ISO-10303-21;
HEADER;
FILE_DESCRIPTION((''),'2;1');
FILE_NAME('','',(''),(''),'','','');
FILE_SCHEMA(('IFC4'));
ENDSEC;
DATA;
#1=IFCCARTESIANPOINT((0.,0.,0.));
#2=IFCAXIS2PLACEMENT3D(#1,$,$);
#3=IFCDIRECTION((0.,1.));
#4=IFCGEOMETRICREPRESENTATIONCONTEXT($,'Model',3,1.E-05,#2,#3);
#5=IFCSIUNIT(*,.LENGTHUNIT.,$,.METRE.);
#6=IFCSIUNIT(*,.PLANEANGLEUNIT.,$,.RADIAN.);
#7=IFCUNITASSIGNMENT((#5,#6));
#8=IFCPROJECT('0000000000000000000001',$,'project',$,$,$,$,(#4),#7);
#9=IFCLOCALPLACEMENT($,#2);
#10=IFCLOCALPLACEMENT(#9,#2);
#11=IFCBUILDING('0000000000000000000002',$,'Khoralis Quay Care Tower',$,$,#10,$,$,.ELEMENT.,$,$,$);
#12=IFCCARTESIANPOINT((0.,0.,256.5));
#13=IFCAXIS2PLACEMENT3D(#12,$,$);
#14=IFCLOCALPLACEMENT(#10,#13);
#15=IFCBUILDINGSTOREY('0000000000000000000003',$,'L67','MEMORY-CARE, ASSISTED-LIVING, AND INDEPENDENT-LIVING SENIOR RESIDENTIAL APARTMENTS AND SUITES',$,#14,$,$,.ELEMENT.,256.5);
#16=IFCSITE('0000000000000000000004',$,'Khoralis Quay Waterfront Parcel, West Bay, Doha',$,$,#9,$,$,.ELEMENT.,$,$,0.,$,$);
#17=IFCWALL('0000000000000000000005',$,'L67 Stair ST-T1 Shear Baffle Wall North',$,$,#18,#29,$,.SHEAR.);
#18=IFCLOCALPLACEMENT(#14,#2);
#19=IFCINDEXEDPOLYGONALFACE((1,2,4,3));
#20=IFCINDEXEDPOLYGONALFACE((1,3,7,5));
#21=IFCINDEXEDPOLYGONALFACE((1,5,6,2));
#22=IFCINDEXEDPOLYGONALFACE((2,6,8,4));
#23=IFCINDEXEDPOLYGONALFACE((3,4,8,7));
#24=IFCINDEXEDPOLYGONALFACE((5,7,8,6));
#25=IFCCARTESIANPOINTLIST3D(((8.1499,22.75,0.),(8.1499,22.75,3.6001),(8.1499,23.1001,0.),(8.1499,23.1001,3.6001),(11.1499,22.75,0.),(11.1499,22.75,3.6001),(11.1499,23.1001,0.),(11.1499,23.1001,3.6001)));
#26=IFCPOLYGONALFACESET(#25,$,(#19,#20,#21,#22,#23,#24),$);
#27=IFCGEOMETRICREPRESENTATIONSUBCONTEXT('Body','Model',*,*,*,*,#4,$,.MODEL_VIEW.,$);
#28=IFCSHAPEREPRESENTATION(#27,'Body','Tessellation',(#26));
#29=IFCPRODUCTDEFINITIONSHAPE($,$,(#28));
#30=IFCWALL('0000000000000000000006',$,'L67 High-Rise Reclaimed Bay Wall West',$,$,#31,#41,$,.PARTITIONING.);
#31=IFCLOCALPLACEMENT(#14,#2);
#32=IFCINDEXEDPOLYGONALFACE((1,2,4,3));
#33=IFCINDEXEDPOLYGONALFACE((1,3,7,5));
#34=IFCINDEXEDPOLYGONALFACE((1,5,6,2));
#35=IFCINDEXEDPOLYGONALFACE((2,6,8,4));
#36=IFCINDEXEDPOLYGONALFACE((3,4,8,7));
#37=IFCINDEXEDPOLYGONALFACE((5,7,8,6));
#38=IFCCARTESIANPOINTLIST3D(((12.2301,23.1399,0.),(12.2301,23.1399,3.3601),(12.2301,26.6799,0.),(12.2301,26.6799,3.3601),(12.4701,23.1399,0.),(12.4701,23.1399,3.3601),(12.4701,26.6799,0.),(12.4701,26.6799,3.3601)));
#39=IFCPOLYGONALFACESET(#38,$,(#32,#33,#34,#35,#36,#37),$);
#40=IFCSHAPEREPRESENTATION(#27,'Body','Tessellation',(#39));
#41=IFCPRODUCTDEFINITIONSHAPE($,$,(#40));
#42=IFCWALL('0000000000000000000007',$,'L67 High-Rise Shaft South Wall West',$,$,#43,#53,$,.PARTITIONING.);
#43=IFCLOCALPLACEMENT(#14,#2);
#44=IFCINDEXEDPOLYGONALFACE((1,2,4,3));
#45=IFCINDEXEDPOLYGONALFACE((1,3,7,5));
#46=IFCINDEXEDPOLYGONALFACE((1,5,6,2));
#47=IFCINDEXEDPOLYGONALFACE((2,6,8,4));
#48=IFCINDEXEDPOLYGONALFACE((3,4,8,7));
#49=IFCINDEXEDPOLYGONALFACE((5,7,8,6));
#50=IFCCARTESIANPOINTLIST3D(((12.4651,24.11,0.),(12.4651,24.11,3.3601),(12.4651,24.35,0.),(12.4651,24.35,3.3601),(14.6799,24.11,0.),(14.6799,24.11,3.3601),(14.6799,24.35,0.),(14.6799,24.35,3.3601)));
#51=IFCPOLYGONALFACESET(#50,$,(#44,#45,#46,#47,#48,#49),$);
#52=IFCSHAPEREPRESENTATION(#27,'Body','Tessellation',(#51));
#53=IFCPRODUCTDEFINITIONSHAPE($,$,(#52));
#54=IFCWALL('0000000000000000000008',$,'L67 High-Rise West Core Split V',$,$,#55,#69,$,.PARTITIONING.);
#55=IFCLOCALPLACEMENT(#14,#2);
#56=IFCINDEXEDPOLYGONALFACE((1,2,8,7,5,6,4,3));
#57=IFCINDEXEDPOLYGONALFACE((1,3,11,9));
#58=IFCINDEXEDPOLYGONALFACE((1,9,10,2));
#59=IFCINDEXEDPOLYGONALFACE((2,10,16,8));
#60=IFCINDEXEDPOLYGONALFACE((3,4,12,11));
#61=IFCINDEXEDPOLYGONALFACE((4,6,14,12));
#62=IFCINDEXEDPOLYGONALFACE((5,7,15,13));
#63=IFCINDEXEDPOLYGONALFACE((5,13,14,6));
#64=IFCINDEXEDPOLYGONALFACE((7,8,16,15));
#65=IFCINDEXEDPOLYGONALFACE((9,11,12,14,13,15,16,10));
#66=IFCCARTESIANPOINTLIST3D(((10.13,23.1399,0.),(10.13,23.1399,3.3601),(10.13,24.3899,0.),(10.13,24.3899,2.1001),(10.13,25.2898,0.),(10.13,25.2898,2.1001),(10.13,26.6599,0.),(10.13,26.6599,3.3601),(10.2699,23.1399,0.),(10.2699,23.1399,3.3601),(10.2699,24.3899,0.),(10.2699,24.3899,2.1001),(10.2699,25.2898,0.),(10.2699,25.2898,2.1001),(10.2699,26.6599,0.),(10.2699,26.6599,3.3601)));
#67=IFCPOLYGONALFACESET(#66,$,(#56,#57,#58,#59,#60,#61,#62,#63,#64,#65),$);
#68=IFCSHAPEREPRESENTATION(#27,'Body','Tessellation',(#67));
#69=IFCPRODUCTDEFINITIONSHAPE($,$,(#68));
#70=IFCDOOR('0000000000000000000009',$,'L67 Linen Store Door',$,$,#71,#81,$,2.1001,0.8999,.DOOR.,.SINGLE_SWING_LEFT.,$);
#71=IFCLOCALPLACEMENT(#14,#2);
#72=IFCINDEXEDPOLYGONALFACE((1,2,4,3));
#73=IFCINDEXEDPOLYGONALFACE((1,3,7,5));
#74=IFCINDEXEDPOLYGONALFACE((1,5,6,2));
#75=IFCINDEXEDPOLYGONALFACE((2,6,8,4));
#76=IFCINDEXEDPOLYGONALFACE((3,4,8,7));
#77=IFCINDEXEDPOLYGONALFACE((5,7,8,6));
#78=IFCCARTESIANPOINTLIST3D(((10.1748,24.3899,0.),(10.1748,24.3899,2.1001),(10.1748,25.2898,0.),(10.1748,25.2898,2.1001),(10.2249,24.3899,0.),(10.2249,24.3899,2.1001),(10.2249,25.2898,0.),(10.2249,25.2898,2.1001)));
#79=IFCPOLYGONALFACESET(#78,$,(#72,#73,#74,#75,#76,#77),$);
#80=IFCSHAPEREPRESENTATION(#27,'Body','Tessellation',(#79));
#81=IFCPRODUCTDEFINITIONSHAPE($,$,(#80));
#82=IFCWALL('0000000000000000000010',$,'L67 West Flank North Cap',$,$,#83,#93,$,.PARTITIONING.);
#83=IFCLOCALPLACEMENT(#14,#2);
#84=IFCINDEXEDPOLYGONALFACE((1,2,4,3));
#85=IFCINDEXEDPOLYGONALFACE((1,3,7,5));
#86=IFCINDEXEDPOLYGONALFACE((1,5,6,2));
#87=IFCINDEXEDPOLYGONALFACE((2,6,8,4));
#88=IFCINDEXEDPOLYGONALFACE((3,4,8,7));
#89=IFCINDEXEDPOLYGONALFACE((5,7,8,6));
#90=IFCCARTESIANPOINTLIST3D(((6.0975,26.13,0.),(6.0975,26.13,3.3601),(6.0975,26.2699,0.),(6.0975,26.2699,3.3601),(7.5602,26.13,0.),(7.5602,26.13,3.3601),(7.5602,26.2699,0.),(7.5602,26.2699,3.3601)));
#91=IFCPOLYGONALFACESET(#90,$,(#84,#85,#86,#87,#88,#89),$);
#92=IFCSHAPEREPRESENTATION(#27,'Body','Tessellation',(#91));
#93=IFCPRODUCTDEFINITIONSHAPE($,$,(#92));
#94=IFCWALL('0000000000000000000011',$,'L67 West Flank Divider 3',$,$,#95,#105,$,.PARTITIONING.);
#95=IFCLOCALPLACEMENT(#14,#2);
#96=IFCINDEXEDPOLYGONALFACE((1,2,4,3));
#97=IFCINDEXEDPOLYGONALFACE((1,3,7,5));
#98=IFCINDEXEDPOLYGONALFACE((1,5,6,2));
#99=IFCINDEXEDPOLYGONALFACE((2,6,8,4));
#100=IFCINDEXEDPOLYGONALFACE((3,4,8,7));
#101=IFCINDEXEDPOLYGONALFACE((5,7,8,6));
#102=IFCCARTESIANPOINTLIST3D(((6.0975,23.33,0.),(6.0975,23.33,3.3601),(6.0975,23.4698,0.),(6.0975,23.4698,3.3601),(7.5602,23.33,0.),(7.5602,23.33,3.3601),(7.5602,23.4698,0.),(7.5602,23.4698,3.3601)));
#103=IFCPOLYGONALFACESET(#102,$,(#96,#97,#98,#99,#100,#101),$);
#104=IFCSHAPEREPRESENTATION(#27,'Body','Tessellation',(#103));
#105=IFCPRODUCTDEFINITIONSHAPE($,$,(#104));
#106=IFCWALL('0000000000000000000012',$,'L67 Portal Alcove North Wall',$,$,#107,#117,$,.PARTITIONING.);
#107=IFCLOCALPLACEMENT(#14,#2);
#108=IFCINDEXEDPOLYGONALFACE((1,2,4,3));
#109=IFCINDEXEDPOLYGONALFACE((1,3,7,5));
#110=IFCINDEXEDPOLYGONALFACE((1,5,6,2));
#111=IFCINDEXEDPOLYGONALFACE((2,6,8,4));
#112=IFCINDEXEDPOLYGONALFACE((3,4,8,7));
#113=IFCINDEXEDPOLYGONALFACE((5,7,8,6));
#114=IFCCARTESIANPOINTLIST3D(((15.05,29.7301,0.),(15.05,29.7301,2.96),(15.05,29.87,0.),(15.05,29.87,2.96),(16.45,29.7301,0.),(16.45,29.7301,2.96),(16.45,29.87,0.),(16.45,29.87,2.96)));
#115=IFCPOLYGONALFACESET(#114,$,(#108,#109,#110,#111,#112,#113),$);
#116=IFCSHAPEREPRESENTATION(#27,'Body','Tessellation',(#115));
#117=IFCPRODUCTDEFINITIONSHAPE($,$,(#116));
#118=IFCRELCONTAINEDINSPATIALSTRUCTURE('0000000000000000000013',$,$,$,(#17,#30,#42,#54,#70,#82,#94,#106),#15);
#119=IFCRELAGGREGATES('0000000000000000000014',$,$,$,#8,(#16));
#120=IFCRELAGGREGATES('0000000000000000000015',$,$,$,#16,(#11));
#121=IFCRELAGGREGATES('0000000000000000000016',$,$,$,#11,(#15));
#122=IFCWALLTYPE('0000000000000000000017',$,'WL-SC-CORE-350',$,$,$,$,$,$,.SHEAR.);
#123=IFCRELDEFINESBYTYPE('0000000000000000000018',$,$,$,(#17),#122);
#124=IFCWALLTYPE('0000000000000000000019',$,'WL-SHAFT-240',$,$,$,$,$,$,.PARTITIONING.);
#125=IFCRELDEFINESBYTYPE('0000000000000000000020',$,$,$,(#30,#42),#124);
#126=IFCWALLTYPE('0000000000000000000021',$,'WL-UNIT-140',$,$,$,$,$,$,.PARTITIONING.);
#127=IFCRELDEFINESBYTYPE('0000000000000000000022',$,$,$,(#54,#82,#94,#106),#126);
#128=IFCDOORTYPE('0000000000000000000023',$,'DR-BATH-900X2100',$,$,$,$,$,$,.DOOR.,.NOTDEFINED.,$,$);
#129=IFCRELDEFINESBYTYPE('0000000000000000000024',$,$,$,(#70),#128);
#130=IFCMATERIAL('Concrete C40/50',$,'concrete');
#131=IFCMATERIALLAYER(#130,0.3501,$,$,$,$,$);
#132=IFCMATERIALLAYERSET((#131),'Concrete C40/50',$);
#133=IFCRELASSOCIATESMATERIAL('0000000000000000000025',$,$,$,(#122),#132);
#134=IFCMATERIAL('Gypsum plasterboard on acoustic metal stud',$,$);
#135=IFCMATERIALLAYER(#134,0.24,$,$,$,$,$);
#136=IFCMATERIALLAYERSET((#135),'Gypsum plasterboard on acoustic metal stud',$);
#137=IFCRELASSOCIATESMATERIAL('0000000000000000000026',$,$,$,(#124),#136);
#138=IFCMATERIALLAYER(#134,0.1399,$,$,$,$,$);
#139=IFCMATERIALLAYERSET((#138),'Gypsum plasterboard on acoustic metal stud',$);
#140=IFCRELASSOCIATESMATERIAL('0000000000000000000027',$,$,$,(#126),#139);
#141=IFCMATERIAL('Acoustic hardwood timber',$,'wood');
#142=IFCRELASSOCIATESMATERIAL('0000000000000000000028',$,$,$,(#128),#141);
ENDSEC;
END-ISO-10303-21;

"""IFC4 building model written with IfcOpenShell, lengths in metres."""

from ifc_helpers import new_model, si_unit, direction, frame, frame_2d, origin, place, context, subcontext, project, spatial, rectangle, extrude, source, transform, mapped, material, layer, layer_set, type_object, element, fill, save


model = new_model("IFC4")

# Units and contexts
model_context = context("Model", 3, precision=1e-05, world=origin(), true_north=direction((0.0, 1.0)))
body_context = subcontext(model_context, "Body", "Model", "MODEL_VIEW")
ifc_project = project(units=[si_unit("LENGTHUNIT", "METRE"), si_unit("PLANEANGLEUNIT", "RADIAN")], contexts=[model_context])

# Site, building, storey
site_placement = place(None, origin())
site = spatial("IfcSite", under=ifc_project, at=site_placement, Name="Khoralis Quay Waterfront Parcel, West Bay, Doha", CompositionType="ELEMENT", RefElevation=0.0)
building_placement = place(site_placement, origin())
building = spatial("IfcBuilding", under=site, at=building_placement, Name="Khoralis Quay Care Tower", CompositionType="ELEMENT")
storey_placement = place(building_placement, frame((0.0, 0.0, 256.5)))
storey = spatial("IfcBuildingStorey", under=building, at=storey_placement, Name="L67", Description="MEMORY-CARE, ASSISTED-LIVING, AND INDEPENDENT-LIVING SENIOR RESIDENTIAL APARTMENTS AND SUITES", CompositionType="ELEMENT", Elevation=256.5)

# Shared definitions
ifc_material_1 = material(Name="Acoustic hardwood timber", Category="wood")

# Walls
ifc_material_2 = material(Name="Gypsum plasterboard on acoustic metal stud")
ifc_material_3 = material(Name="Concrete C40/50", Category="concrete")
ifc_layer_1 = layer(ifc_material_3, 0.3501)
ifc_layer_set_1 = layer_set([ifc_layer_1], Name="Concrete C40/50")
wall_type_1 = type_object("IfcWallType", Name="WL-SC-CORE-350", PredefinedType="SHEAR", material=ifc_layer_set_1)
wall_1_placement = place(storey_placement, frame((8.1499, 22.925, 0.0), z_axis=(0.0, 0.0, 1.0), x_axis=(1.0, 0.0, 0.0)))
element("IfcWall", 1, at=wall_1_placement, inside=storey, type_object=wall_type_1, Name="L67 Stair ST-T1 Shear Baffle Wall North", PredefinedType="SHEAR", context=body_context, shape_type="SweptSolid", body=[
    extrude(rectangle(XDim=3.0, YDim=0.3501, at=frame_2d((1.5, 0.0))), origin(), (0.0, 0.0, 1.0), 3.6001),
])
ifc_layer_2 = layer(ifc_material_2, 0.24)
ifc_layer_set_2 = layer_set([ifc_layer_2], Name="Gypsum plasterboard on acoustic metal stud")
wall_type_2 = type_object("IfcWallType", Name="WL-SHAFT-240", PredefinedType="PARTITIONING", material=ifc_layer_set_2)
wall_2_placement = place(storey_placement, frame((12.3501, 23.1399, 0.0), z_axis=(0.0, 0.0, 1.0), x_axis=(0.0, 1.0, 0.0)))
element("IfcWall", 2, at=wall_2_placement, inside=storey, type_object=wall_type_2, Name="L67 High-Rise Reclaimed Bay Wall West", PredefinedType="PARTITIONING", context=body_context, shape_type="SweptSolid", body=[
    extrude(rectangle(XDim=3.54, YDim=0.24, at=frame_2d((1.77, 0.0))), origin(), (0.0, 0.0, 1.0), 3.3601),
])
wall_3_placement = place(storey_placement, frame((12.4651, 24.23, 0.0), z_axis=(0.0, 0.0, 1.0), x_axis=(1.0, 0.0, 0.0)))
element("IfcWall", 3, at=wall_3_placement, inside=storey, type_object=wall_type_2, Name="L67 High-Rise Shaft South Wall West", PredefinedType="PARTITIONING", context=body_context, shape_type="SweptSolid", body=[
    extrude(rectangle(XDim=2.2148, YDim=0.24, at=frame_2d((1.1074, 0.0))), origin(), (0.0, 0.0, 1.0), 3.3601),
])

# Wall, opening, door
ifc_layer_3 = layer(ifc_material_2, 0.1399)
ifc_layer_set_3 = layer_set([ifc_layer_3], Name="Gypsum plasterboard on acoustic metal stud")
wall_type_3 = type_object("IfcWallType", Name="WL-UNIT-140", PredefinedType="PARTITIONING", material=ifc_layer_set_3)
wall_4_placement = place(storey_placement, frame((10.2, 23.1399, 0.0), z_axis=(0.0, 0.0, 1.0), x_axis=(0.0, 1.0, 0.0)))
wall_4 = element("IfcWall", 4, at=wall_4_placement, inside=storey, type_object=wall_type_3, Name="L67 High-Rise West Core Split V", PredefinedType="PARTITIONING", context=body_context, shape_type="SweptSolid", body=[
    extrude(rectangle(XDim=3.52, YDim=0.1399, at=frame_2d((1.76, 0.0))), origin(), (0.0, 0.0, 1.0), 3.3601),
])
opening_1_placement = place(wall_4_placement, frame((1.25, 0.0, 0.0)))
opening_1 = element("IfcOpeningElement", 5, at=opening_1_placement, cuts=wall_4, PredefinedType="OPENING", context=body_context, shape_type="SweptSolid", body=[
    extrude(rectangle(XDim=0.8999, YDim=2.1001, at=frame_2d((0.45, 1.05))), frame((0.0, 0.0801, 0.0), z_axis=(0.0, -1.0, 0.0), x_axis=(1.0, 0.0, 0.0)), (0.0, 0.0, 1.0), 0.1599),
])
door_type_1 = type_object("IfcDoorType", Name="DR-BATH-900X2100", OperationType="NOTDEFINED", PredefinedType="DOOR", material=ifc_material_1)
shared_shape_1 = source(origin(), body_context, "Body", "SweptSolid", [
    extrude(rectangle(XDim=0.8999, YDim=2.1001, at=frame_2d((0.45, 1.05))), frame((0.0, 0.0249, 0.0), z_axis=(0.0, -1.0, 0.0), x_axis=(1.0, 0.0, 0.0)), (0.0, 0.0, 1.0), 0.05),
])
door_1_placement = place(opening_1_placement, frame((0.8999, 0.0, 0.0), z_axis=(0.0, 0.0, 1.0), x_axis=(-1.0, 0.0, 0.0)))
door_1 = element("IfcDoor", 6, at=door_1_placement, inside=storey, type_object=door_type_1, Name="L67 Linen Store Door", OperationType="SINGLE_SWING_LEFT", OverallHeight=2.1001, OverallWidth=0.8999, PredefinedType="DOOR", context=body_context, shape_type="MappedRepresentation", body=[
    mapped(shared_shape_1, transform((0.0, 0.0, 0.0), scale=1.0)),
])
fill(opening_1, door_1)

# Walls
for number, where, z_axis, x_axis, name in (
    (7, (6.0974, 26.2, 0.0), (0.0, 0.0, 1.0), (1.0, 0.0, 0.0), "L67 West Flank North Cap"),
    (8, (6.0974, 23.3999, 0.0), (0.0, 0.0, 1.0), (1.0, 0.0, 0.0), "L67 West Flank Divider 3"),
):
    element("IfcWall", number, at=place(storey_placement, frame(where, z_axis=z_axis, x_axis=x_axis)), inside=storey, type_object=wall_type_3, Name=name, PredefinedType="PARTITIONING", context=body_context, shape_type="SweptSolid", body=[
        extrude(rectangle(XDim=1.4626, YDim=0.1399, at=frame_2d((0.7314, 0.0))), origin(), (0.0, 0.0, 1.0), 3.3601),
    ])
wall_5_placement = place(storey_placement, frame((15.05, 29.8, 0.0), z_axis=(0.0, 0.0, 1.0), x_axis=(1.0, 0.0, 0.0)))
element("IfcWall", 9, at=wall_5_placement, inside=storey, type_object=wall_type_3, Name="L67 Portal Alcove North Wall", PredefinedType="PARTITIONING", context=body_context, shape_type="SweptSolid", body=[
    extrude(rectangle(XDim=1.3999, YDim=0.1399, at=frame_2d((0.7, 0.0))), origin(), (0.0, 0.0, 1.0), 2.96),
])

save(model, "model.ifc")
